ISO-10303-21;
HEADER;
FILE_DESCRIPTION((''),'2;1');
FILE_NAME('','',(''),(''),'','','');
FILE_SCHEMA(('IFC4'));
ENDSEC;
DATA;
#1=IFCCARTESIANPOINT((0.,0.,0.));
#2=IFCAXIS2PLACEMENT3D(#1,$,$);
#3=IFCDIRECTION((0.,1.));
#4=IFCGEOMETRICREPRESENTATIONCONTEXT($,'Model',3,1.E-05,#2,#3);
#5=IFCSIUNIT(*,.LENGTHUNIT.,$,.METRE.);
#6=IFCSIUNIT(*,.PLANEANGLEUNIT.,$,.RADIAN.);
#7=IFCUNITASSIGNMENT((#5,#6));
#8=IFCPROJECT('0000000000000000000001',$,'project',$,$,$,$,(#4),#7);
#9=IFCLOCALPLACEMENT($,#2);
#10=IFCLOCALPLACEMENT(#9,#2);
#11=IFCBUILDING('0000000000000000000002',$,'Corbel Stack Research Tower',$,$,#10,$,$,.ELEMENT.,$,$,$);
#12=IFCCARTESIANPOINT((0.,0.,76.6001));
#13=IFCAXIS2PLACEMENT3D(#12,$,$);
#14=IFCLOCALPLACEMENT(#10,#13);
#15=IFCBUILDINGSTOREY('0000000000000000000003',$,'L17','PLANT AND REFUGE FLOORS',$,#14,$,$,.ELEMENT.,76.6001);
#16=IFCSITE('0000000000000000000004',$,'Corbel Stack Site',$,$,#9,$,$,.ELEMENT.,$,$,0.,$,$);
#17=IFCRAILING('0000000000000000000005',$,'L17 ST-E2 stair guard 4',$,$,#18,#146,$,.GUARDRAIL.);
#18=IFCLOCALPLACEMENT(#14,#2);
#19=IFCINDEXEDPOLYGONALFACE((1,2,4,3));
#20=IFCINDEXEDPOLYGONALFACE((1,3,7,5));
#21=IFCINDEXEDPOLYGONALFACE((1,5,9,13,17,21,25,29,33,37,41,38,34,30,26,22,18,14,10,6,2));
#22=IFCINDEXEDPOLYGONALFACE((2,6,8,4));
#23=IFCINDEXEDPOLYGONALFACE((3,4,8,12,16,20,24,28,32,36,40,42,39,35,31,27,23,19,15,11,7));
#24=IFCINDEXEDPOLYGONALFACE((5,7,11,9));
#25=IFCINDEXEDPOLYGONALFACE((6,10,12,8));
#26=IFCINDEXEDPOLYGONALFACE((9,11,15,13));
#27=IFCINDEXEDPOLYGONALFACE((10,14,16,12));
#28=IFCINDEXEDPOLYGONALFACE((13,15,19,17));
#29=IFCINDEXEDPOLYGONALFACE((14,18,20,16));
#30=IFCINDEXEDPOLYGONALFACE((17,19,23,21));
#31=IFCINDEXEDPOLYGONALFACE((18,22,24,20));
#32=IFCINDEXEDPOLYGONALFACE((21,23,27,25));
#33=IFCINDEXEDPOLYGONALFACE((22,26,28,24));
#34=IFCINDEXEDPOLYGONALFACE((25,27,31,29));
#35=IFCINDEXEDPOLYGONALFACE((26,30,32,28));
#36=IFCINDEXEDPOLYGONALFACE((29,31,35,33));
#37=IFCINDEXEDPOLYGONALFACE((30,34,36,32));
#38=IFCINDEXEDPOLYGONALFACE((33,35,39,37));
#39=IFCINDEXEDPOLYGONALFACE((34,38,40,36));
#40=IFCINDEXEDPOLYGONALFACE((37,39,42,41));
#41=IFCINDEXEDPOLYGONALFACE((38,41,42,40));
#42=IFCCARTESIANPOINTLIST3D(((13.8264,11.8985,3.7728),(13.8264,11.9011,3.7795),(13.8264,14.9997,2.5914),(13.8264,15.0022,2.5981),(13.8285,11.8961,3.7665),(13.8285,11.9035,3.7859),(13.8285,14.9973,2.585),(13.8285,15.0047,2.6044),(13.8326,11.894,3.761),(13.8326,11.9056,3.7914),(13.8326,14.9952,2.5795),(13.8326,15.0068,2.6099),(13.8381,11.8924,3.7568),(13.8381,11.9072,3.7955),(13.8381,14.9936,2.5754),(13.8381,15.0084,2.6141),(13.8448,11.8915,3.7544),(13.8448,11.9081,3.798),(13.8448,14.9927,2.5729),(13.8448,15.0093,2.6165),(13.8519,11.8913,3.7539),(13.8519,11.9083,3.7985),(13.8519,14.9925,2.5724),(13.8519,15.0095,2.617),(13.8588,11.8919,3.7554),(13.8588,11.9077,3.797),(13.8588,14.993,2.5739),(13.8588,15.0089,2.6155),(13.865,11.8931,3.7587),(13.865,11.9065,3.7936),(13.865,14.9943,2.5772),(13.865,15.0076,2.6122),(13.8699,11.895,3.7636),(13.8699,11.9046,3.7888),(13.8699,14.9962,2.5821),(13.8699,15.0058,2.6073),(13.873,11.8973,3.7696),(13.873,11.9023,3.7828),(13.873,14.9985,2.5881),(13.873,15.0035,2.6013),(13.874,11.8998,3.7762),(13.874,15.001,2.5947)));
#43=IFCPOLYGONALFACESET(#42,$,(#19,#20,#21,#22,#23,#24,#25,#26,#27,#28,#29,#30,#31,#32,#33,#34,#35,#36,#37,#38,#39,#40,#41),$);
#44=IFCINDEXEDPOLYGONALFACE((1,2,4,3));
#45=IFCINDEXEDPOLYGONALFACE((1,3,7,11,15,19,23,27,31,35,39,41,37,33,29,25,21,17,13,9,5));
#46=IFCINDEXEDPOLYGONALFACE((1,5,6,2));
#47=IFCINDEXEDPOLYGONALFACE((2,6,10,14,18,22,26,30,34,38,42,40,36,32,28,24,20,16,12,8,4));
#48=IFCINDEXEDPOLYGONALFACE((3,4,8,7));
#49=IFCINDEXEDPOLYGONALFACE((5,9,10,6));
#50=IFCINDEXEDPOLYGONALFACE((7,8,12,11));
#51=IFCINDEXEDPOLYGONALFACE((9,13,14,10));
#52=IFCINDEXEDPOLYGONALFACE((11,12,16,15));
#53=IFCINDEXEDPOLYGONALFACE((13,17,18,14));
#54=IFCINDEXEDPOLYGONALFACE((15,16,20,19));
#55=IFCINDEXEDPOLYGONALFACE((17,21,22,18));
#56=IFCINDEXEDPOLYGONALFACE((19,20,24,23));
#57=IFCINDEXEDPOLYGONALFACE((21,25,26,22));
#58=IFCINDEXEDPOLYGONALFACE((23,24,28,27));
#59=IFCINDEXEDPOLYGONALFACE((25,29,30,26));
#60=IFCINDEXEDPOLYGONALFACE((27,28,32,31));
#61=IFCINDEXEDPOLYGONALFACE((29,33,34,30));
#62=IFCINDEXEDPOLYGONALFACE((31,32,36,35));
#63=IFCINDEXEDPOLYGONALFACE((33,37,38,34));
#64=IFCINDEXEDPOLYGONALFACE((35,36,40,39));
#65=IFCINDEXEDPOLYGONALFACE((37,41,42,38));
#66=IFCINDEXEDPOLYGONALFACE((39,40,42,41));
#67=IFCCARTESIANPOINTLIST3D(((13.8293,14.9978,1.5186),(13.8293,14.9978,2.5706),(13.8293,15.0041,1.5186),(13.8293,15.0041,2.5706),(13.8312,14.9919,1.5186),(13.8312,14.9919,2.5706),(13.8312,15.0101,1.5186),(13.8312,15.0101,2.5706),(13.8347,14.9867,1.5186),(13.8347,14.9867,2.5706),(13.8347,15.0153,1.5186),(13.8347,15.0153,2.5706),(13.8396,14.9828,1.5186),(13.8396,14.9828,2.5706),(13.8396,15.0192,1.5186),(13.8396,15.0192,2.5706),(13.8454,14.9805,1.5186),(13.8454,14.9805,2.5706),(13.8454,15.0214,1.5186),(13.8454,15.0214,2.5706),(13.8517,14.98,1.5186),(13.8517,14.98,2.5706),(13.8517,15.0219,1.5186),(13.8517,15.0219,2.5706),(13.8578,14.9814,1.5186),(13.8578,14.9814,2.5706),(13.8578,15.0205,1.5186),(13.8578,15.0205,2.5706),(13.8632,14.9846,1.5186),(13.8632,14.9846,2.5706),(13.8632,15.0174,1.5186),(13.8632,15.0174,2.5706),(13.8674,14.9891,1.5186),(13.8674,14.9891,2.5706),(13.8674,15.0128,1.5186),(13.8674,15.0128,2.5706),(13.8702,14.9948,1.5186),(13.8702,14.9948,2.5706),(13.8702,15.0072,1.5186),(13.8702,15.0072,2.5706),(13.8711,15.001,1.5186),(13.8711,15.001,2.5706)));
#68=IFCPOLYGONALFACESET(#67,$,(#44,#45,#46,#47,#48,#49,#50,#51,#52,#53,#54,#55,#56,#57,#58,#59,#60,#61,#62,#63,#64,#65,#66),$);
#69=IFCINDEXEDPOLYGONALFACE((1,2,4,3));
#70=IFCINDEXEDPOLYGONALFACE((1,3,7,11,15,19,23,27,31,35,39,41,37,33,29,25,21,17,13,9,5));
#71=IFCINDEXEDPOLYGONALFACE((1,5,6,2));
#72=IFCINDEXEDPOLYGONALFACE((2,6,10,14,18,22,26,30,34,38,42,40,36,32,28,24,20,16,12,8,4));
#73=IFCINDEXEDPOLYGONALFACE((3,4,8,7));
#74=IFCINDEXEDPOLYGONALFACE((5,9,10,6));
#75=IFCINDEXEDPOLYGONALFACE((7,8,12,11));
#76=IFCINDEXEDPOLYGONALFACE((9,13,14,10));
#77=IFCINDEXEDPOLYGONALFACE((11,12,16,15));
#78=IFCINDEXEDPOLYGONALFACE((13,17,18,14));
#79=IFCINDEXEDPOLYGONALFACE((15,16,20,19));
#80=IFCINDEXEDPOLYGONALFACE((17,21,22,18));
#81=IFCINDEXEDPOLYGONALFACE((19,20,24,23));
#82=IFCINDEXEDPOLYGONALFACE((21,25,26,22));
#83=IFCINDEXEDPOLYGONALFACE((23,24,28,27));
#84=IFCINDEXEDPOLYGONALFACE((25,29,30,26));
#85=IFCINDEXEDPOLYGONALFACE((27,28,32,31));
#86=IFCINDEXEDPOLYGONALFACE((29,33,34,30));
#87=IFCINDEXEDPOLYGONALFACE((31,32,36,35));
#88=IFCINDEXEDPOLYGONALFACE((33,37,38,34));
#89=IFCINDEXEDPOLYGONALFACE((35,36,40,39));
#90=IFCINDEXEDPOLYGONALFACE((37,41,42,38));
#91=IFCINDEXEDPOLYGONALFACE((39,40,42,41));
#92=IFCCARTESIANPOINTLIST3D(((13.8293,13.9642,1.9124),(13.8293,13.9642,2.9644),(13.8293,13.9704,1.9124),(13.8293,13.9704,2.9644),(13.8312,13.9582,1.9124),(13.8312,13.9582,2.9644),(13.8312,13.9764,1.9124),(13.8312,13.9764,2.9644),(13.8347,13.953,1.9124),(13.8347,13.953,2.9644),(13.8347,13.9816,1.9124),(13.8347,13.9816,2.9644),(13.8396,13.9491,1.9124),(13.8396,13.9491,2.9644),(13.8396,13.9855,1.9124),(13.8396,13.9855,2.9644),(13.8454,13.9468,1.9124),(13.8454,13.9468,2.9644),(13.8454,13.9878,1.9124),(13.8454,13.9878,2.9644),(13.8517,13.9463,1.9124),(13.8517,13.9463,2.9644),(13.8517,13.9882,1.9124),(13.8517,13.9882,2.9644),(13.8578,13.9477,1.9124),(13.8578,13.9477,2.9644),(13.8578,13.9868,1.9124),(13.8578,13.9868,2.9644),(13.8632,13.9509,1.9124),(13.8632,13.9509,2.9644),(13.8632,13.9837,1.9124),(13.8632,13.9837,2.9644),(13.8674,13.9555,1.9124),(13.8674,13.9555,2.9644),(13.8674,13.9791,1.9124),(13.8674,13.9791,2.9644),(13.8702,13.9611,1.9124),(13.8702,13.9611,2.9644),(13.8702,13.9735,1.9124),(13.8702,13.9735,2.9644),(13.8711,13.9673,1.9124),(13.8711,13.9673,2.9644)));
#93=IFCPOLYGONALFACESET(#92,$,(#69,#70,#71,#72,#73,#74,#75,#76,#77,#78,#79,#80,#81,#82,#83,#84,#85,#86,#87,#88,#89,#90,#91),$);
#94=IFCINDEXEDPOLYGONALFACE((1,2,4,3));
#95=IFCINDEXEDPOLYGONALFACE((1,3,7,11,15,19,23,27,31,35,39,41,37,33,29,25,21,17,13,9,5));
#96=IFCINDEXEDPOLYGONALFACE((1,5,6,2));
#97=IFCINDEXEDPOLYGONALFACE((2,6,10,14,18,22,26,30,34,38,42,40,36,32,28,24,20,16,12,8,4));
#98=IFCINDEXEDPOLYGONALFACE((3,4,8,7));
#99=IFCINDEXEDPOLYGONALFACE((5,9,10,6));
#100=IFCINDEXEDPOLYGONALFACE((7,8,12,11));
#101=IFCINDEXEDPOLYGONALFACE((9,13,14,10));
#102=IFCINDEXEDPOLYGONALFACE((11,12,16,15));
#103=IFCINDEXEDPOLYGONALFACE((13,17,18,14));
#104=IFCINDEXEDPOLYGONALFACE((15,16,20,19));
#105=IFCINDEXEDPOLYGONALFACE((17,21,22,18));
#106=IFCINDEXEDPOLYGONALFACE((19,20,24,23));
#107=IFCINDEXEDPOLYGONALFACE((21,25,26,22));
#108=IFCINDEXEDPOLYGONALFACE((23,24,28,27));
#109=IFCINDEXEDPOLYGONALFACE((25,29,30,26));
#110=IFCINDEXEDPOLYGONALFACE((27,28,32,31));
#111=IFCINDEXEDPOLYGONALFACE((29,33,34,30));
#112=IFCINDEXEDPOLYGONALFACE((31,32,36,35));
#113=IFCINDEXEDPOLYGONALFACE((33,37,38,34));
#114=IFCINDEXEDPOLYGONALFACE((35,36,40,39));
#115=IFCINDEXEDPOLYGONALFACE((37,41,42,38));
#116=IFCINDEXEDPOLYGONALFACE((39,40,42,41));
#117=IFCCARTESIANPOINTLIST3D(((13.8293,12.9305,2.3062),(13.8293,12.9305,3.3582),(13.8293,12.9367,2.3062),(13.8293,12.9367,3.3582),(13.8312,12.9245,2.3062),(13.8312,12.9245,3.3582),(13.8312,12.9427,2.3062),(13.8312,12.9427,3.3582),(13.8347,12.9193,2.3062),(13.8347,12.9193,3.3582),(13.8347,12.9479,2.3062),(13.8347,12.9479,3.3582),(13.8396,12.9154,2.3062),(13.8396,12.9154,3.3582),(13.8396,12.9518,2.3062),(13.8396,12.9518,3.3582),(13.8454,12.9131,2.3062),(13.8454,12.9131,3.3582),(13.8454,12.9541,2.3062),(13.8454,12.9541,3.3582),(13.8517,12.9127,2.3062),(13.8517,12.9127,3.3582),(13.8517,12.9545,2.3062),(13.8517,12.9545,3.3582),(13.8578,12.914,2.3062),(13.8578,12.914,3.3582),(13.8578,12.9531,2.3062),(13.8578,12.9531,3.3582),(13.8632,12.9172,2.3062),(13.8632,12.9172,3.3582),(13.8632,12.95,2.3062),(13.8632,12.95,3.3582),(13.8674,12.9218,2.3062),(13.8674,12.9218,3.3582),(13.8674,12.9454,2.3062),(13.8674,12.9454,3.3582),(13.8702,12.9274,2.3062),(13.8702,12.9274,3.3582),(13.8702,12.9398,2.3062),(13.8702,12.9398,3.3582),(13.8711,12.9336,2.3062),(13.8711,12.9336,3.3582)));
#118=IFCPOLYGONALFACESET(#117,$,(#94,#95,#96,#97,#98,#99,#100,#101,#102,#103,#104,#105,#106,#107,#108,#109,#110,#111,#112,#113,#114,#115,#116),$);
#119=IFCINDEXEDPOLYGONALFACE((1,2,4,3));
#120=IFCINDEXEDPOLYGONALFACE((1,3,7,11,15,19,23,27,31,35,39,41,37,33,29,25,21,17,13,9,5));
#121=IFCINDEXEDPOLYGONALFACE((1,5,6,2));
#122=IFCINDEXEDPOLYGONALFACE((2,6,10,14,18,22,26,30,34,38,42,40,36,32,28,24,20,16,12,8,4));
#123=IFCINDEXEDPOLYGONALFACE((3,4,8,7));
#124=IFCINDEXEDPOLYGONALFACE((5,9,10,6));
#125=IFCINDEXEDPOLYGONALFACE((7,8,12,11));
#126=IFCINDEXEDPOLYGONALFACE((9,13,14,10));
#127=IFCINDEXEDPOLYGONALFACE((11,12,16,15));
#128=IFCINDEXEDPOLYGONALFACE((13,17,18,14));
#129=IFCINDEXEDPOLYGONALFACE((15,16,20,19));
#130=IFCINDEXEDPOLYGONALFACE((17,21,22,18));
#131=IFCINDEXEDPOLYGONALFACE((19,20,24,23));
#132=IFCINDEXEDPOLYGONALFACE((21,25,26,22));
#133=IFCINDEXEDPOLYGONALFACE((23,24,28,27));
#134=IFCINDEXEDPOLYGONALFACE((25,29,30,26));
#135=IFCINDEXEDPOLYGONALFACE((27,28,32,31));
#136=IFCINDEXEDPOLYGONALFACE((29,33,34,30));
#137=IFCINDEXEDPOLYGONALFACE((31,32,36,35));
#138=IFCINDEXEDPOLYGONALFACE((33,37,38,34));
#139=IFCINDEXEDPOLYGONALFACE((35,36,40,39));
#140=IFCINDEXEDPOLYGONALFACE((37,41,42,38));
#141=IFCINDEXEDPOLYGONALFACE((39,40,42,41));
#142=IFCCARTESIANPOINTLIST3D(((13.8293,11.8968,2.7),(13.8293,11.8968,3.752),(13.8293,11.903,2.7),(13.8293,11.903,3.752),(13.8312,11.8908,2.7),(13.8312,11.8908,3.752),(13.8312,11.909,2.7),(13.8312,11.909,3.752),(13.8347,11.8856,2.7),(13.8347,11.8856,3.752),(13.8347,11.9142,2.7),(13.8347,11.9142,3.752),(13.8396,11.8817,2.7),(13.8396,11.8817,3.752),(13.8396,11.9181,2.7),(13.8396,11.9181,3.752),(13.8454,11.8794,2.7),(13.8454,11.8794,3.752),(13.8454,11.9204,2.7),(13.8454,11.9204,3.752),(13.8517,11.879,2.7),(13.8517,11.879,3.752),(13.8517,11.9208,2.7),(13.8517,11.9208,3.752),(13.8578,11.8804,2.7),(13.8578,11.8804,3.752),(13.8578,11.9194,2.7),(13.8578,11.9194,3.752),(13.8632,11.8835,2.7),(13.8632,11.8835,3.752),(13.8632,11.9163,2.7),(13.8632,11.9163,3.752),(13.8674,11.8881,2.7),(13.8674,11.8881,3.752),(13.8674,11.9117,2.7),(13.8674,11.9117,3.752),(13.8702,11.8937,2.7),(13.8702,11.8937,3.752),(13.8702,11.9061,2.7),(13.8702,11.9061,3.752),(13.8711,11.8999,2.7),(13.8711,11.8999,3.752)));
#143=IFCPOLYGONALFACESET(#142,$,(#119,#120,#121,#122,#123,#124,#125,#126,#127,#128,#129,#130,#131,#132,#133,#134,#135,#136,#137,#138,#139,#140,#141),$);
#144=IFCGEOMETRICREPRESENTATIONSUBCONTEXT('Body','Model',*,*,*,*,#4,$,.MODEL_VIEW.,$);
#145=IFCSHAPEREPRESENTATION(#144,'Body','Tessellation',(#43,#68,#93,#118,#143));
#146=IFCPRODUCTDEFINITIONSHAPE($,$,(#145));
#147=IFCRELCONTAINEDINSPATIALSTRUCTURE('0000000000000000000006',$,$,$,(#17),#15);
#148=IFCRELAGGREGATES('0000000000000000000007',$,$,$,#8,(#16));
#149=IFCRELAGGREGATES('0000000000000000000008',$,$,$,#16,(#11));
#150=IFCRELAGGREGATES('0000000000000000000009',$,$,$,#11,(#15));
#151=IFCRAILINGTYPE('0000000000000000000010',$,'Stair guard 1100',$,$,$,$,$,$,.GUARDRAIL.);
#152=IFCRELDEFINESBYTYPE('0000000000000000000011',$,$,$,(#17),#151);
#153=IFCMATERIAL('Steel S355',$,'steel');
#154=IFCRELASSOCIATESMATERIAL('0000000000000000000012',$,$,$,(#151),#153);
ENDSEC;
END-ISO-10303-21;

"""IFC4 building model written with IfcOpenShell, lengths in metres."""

from ifc_helpers import new_model, si_unit, direction, frame, origin, origin_2d, place, context, subcontext, project, spatial, circle, extrude, material, type_object, element, save


model = new_model("IFC4")

# Units and contexts
model_context = context("Model", 3, precision=1e-05, world=origin(), true_north=direction((0.0, 1.0)))
body_context = subcontext(model_context, "Body", "Model", "MODEL_VIEW")
ifc_project = project(units=[si_unit("LENGTHUNIT", "METRE"), si_unit("PLANEANGLEUNIT", "RADIAN")], contexts=[model_context])

# Site, building, storey
site_placement = place(None, origin())
site = spatial("IfcSite", under=ifc_project, at=site_placement, Name="Corbel Stack Site", CompositionType="ELEMENT", RefElevation=0.0)
building_placement = place(site_placement, origin())
building = spatial("IfcBuilding", under=site, at=building_placement, Name="Corbel Stack Research Tower", CompositionType="ELEMENT")
storey_placement = place(building_placement, frame((0.0, 0.0, 76.6001)))
storey = spatial("IfcBuildingStorey", under=building, at=storey_placement, Name="L17", Description="PLANT AND REFUGE FLOORS", CompositionType="ELEMENT", Elevation=76.6001)

# Railing
ifc_material_1 = material(Name="Steel S355", Category="steel")
railing_type_1 = type_object("IfcRailingType", Name="Stair guard 1100", PredefinedType="GUARDRAIL", material=ifc_material_1)
railing_1_placement = place(storey_placement, frame((13.8501, 15.001, 1.5186)))
element("IfcRailing", 1, at=railing_1_placement, inside=storey, type_object=railing_type_1, Name="L17 ST-E2 stair guard 4", PredefinedType="GUARDRAIL", context=body_context, shape_type="SweptSolid", body=[
    extrude(circle(Radius=0.0239, at=origin_2d()), frame((0.0, 0.0, 1.0762), z_axis=(0.0, -0.934484, 0.356005), x_axis=(1.0, 0.0, 0.0)), (0.0, 0.0, 1.0), 3.3186),
    extrude(circle(Radius=0.021, at=origin_2d()), origin(), (0.0, 0.0, 1.0), 1.052),
    extrude(circle(Radius=0.021, at=origin_2d()), frame((0.0, -1.0337, 0.3938)), (0.0, 0.0, 1.0), 1.052),
    extrude(circle(Radius=0.021, at=origin_2d()), frame((0.0, -2.0674, 0.7876)), (0.0, 0.0, 1.0), 1.052),
    extrude(circle(Radius=0.021, at=origin_2d()), frame((0.0, -3.1011, 1.1814)), (0.0, 0.0, 1.0), 1.052),
])

save(model, "model.ifc")
